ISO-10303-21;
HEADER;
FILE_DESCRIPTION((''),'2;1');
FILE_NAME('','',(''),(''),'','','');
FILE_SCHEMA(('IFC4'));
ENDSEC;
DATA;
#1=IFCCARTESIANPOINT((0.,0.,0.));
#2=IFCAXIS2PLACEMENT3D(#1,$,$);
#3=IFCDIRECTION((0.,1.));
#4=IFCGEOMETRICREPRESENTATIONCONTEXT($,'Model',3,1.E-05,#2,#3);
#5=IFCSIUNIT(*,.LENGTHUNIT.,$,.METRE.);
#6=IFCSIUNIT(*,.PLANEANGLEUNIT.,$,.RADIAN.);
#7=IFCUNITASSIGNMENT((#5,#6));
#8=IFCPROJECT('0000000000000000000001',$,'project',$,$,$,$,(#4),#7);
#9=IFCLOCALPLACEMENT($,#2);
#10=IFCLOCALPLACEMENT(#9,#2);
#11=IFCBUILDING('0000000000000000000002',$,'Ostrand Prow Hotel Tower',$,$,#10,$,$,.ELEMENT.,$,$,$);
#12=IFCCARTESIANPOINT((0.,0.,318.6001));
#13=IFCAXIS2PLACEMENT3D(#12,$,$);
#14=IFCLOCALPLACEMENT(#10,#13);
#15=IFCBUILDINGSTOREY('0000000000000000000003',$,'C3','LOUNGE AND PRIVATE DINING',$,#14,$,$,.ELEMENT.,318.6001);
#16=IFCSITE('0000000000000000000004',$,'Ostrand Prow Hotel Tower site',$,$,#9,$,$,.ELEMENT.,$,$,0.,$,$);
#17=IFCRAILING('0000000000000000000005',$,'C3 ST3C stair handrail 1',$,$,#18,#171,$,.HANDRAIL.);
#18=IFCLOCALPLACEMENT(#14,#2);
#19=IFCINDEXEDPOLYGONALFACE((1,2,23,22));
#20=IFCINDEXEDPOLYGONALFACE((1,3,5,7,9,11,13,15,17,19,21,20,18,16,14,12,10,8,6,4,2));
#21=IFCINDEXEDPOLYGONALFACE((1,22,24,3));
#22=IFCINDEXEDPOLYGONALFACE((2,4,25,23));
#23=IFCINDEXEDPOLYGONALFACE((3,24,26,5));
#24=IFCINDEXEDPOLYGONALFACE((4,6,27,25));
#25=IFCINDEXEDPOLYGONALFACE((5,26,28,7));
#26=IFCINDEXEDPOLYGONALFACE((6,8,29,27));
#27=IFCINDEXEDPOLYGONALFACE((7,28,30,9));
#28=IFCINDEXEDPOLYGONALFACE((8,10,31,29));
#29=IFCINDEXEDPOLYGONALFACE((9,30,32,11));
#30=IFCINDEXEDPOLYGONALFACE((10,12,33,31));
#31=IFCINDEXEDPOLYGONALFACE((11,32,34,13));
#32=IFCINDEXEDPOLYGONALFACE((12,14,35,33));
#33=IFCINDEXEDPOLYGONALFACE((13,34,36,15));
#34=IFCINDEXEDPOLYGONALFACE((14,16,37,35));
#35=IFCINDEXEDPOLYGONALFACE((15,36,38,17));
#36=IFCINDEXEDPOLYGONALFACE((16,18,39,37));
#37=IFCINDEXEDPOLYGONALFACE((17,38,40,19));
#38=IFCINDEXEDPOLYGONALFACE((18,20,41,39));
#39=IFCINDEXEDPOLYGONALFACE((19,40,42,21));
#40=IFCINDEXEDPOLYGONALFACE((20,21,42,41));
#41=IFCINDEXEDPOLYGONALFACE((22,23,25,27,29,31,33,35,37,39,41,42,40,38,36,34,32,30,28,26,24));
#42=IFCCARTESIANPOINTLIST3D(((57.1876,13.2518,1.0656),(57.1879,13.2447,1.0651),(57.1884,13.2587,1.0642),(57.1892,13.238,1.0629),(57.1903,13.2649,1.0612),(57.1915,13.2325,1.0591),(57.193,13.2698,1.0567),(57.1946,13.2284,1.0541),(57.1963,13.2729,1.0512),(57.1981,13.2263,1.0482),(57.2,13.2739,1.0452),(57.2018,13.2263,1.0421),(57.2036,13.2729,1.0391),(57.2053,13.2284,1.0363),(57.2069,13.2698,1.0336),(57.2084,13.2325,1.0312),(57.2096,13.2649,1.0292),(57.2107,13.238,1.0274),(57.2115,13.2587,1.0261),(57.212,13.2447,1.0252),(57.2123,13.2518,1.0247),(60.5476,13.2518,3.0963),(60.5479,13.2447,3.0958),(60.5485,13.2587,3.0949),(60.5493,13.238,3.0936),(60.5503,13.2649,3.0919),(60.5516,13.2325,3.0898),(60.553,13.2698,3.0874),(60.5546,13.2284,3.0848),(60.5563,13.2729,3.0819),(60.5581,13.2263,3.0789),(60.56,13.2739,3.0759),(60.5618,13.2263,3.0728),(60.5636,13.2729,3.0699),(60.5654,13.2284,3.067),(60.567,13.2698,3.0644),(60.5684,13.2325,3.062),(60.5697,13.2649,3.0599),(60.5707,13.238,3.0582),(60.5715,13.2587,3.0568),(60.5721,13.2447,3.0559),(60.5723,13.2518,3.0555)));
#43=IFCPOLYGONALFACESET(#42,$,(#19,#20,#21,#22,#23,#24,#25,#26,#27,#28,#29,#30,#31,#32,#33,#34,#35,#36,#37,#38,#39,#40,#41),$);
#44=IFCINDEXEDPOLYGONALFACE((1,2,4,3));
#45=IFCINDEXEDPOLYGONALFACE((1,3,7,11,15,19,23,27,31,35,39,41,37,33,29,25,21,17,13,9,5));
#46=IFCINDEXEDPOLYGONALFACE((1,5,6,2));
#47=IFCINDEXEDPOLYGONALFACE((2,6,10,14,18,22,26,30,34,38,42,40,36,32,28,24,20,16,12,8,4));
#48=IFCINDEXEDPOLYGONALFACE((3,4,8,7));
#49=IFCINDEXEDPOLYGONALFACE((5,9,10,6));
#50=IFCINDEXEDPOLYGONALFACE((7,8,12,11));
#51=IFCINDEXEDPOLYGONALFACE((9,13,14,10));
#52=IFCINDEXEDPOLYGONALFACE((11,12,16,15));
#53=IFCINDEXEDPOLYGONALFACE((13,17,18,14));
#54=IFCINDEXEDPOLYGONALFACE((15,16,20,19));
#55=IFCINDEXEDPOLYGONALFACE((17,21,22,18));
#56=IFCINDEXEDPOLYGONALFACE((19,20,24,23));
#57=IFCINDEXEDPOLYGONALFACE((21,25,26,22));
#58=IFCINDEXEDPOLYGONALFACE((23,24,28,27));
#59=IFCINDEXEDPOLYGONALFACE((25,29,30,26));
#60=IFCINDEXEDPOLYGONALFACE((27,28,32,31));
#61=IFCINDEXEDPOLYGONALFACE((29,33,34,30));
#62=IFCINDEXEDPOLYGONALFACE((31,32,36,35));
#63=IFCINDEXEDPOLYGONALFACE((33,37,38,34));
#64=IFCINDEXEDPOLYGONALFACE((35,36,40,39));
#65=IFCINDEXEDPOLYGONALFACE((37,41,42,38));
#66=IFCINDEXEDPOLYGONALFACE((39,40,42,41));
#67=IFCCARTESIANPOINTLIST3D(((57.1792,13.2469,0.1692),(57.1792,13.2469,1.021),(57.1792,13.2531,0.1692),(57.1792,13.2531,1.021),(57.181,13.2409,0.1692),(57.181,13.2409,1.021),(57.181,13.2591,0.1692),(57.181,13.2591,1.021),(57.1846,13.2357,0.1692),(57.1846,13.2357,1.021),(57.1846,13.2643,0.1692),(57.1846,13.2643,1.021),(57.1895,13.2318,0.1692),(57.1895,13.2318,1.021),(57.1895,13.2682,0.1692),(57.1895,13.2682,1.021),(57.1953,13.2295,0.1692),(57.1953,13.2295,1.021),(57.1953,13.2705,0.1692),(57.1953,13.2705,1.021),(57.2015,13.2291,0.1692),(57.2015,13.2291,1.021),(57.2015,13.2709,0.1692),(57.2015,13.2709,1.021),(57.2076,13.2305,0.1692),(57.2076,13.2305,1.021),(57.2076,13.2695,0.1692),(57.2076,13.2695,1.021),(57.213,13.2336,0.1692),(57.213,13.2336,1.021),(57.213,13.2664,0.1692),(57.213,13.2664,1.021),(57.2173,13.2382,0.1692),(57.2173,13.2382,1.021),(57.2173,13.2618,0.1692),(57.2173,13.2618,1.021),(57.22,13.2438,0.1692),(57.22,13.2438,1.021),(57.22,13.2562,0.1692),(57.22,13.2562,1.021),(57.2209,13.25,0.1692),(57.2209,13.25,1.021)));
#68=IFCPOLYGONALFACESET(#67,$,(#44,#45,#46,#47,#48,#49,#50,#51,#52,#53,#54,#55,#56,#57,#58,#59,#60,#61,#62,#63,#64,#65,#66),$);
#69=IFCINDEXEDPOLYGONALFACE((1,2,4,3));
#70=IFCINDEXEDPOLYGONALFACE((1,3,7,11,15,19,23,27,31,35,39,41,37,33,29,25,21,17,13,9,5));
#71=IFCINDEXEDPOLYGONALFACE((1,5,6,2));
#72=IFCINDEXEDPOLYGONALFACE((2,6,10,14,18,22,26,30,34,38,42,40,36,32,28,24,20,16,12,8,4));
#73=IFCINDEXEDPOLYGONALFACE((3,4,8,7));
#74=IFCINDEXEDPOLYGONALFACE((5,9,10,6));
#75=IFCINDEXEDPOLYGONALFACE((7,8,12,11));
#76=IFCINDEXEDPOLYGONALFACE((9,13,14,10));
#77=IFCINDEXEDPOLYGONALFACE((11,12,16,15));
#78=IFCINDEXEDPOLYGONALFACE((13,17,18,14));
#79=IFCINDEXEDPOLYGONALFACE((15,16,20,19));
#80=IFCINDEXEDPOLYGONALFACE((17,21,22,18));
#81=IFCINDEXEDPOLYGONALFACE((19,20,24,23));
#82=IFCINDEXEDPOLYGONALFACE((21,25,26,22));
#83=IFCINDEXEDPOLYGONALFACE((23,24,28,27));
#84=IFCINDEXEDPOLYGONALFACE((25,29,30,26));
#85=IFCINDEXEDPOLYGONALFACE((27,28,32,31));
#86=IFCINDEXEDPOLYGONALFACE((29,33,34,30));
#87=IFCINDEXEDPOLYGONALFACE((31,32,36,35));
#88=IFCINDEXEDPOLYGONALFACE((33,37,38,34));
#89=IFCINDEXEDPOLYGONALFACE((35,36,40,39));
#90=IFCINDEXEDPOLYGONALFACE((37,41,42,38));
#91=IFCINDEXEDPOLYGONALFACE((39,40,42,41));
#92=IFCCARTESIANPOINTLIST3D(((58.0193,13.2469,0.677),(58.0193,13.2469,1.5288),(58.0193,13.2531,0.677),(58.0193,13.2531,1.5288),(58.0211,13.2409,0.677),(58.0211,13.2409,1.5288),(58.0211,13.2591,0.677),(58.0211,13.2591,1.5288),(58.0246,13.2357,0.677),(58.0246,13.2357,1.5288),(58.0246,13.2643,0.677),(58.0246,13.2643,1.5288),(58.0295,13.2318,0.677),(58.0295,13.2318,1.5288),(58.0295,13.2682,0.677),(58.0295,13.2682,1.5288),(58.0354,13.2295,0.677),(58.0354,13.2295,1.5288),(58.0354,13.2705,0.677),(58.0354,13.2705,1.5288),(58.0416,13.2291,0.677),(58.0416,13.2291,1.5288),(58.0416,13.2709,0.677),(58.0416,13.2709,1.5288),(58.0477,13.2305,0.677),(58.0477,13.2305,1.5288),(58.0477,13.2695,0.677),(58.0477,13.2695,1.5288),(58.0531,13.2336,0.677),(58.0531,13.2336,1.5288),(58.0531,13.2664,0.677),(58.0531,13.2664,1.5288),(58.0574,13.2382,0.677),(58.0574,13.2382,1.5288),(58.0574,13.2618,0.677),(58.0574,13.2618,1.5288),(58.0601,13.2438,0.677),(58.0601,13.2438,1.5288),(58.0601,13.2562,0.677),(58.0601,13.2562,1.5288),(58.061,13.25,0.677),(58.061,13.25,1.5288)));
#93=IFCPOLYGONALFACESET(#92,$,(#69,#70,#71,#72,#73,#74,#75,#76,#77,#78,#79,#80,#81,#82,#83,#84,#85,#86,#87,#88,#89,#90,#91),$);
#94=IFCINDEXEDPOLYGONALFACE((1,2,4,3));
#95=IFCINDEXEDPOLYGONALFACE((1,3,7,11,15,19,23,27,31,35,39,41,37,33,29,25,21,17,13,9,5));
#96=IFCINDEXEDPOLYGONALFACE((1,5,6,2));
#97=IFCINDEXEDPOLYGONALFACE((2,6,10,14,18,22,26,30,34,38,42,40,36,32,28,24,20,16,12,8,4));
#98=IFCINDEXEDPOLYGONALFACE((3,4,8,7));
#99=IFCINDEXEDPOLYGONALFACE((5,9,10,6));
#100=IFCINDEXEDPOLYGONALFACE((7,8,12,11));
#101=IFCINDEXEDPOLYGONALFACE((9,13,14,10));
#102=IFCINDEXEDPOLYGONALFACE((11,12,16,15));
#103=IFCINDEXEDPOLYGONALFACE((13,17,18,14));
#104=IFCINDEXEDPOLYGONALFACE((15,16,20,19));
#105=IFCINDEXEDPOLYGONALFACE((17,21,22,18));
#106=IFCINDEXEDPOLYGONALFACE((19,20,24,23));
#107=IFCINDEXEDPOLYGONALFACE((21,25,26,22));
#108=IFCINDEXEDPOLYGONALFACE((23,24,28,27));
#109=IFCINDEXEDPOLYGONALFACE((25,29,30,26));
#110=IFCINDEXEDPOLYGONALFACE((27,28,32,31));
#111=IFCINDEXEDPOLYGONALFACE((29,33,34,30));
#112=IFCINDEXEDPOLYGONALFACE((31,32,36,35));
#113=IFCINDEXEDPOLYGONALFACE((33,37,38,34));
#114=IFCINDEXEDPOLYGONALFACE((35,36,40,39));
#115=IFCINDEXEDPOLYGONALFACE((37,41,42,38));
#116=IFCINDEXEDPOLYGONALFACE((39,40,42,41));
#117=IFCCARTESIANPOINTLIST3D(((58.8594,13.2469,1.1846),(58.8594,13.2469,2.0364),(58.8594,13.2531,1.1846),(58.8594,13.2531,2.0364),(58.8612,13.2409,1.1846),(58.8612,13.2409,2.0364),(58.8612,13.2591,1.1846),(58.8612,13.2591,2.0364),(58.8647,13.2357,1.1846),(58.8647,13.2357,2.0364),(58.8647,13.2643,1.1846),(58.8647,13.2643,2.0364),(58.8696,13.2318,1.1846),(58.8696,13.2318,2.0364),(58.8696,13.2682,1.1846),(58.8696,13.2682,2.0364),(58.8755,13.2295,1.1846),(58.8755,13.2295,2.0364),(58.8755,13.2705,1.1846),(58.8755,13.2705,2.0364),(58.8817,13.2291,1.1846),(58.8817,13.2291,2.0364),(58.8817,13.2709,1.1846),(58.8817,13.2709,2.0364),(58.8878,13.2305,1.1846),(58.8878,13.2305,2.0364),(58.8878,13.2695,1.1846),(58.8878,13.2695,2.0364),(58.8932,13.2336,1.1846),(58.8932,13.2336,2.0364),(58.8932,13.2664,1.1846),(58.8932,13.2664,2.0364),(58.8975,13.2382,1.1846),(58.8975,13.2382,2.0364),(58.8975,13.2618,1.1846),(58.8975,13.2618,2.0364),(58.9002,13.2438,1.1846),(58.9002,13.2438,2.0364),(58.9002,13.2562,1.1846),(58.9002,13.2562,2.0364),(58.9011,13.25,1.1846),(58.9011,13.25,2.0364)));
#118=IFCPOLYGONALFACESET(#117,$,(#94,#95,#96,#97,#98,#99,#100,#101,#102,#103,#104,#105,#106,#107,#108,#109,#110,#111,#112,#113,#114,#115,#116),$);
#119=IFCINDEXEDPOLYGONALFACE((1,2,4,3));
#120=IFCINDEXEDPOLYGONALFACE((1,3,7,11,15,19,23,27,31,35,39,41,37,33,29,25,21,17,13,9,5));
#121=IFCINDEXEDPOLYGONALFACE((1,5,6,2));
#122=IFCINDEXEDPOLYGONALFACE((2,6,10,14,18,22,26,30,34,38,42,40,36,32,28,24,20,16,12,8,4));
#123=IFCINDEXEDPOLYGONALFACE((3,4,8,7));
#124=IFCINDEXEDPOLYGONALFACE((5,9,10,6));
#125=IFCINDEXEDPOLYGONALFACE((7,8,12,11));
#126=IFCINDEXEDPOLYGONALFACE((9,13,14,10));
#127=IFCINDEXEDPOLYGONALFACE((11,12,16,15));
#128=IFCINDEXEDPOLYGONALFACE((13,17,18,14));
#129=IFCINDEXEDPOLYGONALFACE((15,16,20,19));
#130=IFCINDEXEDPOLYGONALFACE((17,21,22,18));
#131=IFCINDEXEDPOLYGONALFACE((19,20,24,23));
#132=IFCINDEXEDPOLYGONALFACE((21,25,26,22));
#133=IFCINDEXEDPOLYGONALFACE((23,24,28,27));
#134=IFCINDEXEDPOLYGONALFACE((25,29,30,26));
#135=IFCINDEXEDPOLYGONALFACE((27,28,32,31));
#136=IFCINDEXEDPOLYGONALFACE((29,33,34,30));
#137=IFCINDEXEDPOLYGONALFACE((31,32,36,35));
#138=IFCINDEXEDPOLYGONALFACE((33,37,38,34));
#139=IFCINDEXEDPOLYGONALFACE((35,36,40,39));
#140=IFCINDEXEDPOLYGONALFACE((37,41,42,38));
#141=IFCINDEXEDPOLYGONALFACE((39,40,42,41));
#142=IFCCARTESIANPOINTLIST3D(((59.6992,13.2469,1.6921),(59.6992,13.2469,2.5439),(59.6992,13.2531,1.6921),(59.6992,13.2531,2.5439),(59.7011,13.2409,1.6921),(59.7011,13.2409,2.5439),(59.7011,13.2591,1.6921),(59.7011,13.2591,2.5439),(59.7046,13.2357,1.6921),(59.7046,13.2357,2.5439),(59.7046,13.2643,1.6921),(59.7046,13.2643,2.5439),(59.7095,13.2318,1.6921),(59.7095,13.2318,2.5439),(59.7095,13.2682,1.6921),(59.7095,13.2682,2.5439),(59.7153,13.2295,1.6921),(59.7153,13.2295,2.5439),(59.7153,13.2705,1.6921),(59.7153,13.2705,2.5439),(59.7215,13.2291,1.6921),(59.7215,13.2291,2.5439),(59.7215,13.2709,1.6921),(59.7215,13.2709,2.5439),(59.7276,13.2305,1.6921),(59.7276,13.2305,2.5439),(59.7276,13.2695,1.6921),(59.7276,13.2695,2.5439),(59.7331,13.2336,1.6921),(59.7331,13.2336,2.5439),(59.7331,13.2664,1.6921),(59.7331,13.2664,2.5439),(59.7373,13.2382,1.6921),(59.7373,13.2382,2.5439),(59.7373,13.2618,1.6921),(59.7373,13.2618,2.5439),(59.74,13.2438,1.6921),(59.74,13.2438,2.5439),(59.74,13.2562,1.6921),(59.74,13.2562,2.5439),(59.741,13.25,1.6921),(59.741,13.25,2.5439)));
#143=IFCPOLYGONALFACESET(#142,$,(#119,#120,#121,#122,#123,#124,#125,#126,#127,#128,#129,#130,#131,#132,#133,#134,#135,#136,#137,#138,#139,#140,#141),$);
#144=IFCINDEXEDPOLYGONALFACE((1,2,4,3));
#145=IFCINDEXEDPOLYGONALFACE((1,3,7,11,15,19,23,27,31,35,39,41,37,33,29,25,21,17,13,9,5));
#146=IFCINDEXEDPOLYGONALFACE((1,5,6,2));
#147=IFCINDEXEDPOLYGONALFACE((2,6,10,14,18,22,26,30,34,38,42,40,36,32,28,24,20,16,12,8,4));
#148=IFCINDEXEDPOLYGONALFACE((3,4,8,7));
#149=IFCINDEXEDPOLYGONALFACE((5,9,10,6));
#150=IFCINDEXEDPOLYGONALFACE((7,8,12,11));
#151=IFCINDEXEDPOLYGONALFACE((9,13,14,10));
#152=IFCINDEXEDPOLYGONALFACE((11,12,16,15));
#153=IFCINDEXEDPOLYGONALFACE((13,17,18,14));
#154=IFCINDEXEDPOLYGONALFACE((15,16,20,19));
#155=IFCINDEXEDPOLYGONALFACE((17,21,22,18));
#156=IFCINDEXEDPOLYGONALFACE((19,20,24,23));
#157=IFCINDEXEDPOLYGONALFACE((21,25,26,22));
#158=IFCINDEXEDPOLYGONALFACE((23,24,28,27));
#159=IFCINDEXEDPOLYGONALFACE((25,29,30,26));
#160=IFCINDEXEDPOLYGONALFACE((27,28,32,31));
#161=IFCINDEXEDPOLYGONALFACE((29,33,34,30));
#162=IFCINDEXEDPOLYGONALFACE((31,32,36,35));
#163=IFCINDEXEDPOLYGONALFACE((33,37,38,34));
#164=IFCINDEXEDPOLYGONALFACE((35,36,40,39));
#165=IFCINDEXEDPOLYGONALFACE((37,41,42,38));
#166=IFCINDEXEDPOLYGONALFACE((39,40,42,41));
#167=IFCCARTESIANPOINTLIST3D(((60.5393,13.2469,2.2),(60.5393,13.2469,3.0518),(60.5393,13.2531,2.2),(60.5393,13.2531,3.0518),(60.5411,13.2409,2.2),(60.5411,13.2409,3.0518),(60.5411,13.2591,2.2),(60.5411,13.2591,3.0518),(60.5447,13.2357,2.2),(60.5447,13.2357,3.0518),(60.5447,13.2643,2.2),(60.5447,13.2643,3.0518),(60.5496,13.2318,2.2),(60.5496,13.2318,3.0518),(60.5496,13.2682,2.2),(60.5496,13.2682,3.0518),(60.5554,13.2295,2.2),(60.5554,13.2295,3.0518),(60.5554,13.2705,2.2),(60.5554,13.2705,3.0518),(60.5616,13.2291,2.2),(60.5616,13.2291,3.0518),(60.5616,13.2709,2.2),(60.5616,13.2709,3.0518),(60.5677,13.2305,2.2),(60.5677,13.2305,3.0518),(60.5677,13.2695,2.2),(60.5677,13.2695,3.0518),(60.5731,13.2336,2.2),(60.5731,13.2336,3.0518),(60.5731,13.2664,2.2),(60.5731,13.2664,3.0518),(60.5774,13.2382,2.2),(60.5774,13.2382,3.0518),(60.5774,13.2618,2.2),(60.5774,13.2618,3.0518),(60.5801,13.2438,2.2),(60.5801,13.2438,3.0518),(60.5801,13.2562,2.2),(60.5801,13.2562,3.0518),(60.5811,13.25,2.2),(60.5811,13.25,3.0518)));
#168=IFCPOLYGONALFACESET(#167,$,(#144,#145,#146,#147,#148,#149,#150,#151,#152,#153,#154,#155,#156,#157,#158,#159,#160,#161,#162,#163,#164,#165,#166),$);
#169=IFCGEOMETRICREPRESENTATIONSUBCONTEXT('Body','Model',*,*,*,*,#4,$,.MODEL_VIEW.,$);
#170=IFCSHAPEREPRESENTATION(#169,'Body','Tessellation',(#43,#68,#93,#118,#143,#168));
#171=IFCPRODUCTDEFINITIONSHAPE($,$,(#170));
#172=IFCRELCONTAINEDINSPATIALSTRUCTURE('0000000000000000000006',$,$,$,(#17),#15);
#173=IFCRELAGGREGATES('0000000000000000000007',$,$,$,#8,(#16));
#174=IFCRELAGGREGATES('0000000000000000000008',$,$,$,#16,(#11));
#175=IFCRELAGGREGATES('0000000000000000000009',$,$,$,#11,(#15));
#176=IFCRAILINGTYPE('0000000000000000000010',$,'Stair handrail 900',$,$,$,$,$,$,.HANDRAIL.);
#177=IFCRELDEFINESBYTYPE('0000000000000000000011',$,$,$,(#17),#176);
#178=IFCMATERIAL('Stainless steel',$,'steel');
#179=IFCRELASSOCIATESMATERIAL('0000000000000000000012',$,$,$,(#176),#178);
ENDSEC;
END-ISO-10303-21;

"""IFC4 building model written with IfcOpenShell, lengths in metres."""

from ifc_helpers import new_model, si_unit, direction, frame, origin, origin_2d, place, context, subcontext, project, spatial, circle, extrude, material, type_object, element, save


model = new_model("IFC4")

# Units and contexts
model_context = context("Model", 3, precision=1e-05, world=origin(), true_north=direction((0.0, 1.0)))
body_context = subcontext(model_context, "Body", "Model", "MODEL_VIEW")
ifc_project = project(units=[si_unit("LENGTHUNIT", "METRE"), si_unit("PLANEANGLEUNIT", "RADIAN")], contexts=[model_context])

# Site, building, storey
site_placement = place(None, origin())
site = spatial("IfcSite", under=ifc_project, at=site_placement, Name="Ostrand Prow Hotel Tower site", CompositionType="ELEMENT", RefElevation=0.0)
building_placement = place(site_placement, origin())
building = spatial("IfcBuilding", under=site, at=building_placement, Name="Ostrand Prow Hotel Tower", CompositionType="ELEMENT")
storey_placement = place(building_placement, frame((0.0, 0.0, 318.6001)))
storey = spatial("IfcBuildingStorey", under=building, at=storey_placement, Name="C3", Description="LOUNGE AND PRIVATE DINING", CompositionType="ELEMENT", Elevation=318.6001)

# Railing
ifc_material_1 = material(Name="Stainless steel", Category="steel")
railing_type_1 = type_object("IfcRailingType", Name="Stair handrail 900", PredefinedType="HANDRAIL", material=ifc_material_1)
railing_1_placement = place(storey_placement, frame((57.2, 13.25, 0.1692)))
element("IfcRailing", 1, at=railing_1_placement, inside=storey, type_object=railing_type_1, Name="C3 ST3C stair handrail 1", PredefinedType="HANDRAIL", context=body_context, shape_type="SweptSolid", body=[
    extrude(circle(Radius=0.0239, at=origin_2d()), frame((0.0, 0.0, 0.876), z_axis=(0.855837, 0.0, 0.517246), x_axis=(0.0, 1.0, 0.0)), (0.0, 0.0, 1.0), 3.926),
    extrude(circle(Radius=0.021, at=origin_2d()), origin(), (0.0, 0.0, 1.0), 0.8518),
    extrude(circle(Radius=0.021, at=origin_2d()), frame((0.8401, 0.0, 0.5078)), (0.0, 0.0, 1.0), 0.8518),
    extrude(circle(Radius=0.021, at=origin_2d()), frame((1.6802, 0.0, 1.0154)), (0.0, 0.0, 1.0), 0.8518),
    extrude(circle(Radius=0.021, at=origin_2d()), frame((2.52, 0.0, 1.5229)), (0.0, 0.0, 1.0), 0.8518),
    extrude(circle(Radius=0.021, at=origin_2d()), frame((3.3601, 0.0, 2.0308)), (0.0, 0.0, 1.0), 0.8518),
])

save(model, "model.ifc")
